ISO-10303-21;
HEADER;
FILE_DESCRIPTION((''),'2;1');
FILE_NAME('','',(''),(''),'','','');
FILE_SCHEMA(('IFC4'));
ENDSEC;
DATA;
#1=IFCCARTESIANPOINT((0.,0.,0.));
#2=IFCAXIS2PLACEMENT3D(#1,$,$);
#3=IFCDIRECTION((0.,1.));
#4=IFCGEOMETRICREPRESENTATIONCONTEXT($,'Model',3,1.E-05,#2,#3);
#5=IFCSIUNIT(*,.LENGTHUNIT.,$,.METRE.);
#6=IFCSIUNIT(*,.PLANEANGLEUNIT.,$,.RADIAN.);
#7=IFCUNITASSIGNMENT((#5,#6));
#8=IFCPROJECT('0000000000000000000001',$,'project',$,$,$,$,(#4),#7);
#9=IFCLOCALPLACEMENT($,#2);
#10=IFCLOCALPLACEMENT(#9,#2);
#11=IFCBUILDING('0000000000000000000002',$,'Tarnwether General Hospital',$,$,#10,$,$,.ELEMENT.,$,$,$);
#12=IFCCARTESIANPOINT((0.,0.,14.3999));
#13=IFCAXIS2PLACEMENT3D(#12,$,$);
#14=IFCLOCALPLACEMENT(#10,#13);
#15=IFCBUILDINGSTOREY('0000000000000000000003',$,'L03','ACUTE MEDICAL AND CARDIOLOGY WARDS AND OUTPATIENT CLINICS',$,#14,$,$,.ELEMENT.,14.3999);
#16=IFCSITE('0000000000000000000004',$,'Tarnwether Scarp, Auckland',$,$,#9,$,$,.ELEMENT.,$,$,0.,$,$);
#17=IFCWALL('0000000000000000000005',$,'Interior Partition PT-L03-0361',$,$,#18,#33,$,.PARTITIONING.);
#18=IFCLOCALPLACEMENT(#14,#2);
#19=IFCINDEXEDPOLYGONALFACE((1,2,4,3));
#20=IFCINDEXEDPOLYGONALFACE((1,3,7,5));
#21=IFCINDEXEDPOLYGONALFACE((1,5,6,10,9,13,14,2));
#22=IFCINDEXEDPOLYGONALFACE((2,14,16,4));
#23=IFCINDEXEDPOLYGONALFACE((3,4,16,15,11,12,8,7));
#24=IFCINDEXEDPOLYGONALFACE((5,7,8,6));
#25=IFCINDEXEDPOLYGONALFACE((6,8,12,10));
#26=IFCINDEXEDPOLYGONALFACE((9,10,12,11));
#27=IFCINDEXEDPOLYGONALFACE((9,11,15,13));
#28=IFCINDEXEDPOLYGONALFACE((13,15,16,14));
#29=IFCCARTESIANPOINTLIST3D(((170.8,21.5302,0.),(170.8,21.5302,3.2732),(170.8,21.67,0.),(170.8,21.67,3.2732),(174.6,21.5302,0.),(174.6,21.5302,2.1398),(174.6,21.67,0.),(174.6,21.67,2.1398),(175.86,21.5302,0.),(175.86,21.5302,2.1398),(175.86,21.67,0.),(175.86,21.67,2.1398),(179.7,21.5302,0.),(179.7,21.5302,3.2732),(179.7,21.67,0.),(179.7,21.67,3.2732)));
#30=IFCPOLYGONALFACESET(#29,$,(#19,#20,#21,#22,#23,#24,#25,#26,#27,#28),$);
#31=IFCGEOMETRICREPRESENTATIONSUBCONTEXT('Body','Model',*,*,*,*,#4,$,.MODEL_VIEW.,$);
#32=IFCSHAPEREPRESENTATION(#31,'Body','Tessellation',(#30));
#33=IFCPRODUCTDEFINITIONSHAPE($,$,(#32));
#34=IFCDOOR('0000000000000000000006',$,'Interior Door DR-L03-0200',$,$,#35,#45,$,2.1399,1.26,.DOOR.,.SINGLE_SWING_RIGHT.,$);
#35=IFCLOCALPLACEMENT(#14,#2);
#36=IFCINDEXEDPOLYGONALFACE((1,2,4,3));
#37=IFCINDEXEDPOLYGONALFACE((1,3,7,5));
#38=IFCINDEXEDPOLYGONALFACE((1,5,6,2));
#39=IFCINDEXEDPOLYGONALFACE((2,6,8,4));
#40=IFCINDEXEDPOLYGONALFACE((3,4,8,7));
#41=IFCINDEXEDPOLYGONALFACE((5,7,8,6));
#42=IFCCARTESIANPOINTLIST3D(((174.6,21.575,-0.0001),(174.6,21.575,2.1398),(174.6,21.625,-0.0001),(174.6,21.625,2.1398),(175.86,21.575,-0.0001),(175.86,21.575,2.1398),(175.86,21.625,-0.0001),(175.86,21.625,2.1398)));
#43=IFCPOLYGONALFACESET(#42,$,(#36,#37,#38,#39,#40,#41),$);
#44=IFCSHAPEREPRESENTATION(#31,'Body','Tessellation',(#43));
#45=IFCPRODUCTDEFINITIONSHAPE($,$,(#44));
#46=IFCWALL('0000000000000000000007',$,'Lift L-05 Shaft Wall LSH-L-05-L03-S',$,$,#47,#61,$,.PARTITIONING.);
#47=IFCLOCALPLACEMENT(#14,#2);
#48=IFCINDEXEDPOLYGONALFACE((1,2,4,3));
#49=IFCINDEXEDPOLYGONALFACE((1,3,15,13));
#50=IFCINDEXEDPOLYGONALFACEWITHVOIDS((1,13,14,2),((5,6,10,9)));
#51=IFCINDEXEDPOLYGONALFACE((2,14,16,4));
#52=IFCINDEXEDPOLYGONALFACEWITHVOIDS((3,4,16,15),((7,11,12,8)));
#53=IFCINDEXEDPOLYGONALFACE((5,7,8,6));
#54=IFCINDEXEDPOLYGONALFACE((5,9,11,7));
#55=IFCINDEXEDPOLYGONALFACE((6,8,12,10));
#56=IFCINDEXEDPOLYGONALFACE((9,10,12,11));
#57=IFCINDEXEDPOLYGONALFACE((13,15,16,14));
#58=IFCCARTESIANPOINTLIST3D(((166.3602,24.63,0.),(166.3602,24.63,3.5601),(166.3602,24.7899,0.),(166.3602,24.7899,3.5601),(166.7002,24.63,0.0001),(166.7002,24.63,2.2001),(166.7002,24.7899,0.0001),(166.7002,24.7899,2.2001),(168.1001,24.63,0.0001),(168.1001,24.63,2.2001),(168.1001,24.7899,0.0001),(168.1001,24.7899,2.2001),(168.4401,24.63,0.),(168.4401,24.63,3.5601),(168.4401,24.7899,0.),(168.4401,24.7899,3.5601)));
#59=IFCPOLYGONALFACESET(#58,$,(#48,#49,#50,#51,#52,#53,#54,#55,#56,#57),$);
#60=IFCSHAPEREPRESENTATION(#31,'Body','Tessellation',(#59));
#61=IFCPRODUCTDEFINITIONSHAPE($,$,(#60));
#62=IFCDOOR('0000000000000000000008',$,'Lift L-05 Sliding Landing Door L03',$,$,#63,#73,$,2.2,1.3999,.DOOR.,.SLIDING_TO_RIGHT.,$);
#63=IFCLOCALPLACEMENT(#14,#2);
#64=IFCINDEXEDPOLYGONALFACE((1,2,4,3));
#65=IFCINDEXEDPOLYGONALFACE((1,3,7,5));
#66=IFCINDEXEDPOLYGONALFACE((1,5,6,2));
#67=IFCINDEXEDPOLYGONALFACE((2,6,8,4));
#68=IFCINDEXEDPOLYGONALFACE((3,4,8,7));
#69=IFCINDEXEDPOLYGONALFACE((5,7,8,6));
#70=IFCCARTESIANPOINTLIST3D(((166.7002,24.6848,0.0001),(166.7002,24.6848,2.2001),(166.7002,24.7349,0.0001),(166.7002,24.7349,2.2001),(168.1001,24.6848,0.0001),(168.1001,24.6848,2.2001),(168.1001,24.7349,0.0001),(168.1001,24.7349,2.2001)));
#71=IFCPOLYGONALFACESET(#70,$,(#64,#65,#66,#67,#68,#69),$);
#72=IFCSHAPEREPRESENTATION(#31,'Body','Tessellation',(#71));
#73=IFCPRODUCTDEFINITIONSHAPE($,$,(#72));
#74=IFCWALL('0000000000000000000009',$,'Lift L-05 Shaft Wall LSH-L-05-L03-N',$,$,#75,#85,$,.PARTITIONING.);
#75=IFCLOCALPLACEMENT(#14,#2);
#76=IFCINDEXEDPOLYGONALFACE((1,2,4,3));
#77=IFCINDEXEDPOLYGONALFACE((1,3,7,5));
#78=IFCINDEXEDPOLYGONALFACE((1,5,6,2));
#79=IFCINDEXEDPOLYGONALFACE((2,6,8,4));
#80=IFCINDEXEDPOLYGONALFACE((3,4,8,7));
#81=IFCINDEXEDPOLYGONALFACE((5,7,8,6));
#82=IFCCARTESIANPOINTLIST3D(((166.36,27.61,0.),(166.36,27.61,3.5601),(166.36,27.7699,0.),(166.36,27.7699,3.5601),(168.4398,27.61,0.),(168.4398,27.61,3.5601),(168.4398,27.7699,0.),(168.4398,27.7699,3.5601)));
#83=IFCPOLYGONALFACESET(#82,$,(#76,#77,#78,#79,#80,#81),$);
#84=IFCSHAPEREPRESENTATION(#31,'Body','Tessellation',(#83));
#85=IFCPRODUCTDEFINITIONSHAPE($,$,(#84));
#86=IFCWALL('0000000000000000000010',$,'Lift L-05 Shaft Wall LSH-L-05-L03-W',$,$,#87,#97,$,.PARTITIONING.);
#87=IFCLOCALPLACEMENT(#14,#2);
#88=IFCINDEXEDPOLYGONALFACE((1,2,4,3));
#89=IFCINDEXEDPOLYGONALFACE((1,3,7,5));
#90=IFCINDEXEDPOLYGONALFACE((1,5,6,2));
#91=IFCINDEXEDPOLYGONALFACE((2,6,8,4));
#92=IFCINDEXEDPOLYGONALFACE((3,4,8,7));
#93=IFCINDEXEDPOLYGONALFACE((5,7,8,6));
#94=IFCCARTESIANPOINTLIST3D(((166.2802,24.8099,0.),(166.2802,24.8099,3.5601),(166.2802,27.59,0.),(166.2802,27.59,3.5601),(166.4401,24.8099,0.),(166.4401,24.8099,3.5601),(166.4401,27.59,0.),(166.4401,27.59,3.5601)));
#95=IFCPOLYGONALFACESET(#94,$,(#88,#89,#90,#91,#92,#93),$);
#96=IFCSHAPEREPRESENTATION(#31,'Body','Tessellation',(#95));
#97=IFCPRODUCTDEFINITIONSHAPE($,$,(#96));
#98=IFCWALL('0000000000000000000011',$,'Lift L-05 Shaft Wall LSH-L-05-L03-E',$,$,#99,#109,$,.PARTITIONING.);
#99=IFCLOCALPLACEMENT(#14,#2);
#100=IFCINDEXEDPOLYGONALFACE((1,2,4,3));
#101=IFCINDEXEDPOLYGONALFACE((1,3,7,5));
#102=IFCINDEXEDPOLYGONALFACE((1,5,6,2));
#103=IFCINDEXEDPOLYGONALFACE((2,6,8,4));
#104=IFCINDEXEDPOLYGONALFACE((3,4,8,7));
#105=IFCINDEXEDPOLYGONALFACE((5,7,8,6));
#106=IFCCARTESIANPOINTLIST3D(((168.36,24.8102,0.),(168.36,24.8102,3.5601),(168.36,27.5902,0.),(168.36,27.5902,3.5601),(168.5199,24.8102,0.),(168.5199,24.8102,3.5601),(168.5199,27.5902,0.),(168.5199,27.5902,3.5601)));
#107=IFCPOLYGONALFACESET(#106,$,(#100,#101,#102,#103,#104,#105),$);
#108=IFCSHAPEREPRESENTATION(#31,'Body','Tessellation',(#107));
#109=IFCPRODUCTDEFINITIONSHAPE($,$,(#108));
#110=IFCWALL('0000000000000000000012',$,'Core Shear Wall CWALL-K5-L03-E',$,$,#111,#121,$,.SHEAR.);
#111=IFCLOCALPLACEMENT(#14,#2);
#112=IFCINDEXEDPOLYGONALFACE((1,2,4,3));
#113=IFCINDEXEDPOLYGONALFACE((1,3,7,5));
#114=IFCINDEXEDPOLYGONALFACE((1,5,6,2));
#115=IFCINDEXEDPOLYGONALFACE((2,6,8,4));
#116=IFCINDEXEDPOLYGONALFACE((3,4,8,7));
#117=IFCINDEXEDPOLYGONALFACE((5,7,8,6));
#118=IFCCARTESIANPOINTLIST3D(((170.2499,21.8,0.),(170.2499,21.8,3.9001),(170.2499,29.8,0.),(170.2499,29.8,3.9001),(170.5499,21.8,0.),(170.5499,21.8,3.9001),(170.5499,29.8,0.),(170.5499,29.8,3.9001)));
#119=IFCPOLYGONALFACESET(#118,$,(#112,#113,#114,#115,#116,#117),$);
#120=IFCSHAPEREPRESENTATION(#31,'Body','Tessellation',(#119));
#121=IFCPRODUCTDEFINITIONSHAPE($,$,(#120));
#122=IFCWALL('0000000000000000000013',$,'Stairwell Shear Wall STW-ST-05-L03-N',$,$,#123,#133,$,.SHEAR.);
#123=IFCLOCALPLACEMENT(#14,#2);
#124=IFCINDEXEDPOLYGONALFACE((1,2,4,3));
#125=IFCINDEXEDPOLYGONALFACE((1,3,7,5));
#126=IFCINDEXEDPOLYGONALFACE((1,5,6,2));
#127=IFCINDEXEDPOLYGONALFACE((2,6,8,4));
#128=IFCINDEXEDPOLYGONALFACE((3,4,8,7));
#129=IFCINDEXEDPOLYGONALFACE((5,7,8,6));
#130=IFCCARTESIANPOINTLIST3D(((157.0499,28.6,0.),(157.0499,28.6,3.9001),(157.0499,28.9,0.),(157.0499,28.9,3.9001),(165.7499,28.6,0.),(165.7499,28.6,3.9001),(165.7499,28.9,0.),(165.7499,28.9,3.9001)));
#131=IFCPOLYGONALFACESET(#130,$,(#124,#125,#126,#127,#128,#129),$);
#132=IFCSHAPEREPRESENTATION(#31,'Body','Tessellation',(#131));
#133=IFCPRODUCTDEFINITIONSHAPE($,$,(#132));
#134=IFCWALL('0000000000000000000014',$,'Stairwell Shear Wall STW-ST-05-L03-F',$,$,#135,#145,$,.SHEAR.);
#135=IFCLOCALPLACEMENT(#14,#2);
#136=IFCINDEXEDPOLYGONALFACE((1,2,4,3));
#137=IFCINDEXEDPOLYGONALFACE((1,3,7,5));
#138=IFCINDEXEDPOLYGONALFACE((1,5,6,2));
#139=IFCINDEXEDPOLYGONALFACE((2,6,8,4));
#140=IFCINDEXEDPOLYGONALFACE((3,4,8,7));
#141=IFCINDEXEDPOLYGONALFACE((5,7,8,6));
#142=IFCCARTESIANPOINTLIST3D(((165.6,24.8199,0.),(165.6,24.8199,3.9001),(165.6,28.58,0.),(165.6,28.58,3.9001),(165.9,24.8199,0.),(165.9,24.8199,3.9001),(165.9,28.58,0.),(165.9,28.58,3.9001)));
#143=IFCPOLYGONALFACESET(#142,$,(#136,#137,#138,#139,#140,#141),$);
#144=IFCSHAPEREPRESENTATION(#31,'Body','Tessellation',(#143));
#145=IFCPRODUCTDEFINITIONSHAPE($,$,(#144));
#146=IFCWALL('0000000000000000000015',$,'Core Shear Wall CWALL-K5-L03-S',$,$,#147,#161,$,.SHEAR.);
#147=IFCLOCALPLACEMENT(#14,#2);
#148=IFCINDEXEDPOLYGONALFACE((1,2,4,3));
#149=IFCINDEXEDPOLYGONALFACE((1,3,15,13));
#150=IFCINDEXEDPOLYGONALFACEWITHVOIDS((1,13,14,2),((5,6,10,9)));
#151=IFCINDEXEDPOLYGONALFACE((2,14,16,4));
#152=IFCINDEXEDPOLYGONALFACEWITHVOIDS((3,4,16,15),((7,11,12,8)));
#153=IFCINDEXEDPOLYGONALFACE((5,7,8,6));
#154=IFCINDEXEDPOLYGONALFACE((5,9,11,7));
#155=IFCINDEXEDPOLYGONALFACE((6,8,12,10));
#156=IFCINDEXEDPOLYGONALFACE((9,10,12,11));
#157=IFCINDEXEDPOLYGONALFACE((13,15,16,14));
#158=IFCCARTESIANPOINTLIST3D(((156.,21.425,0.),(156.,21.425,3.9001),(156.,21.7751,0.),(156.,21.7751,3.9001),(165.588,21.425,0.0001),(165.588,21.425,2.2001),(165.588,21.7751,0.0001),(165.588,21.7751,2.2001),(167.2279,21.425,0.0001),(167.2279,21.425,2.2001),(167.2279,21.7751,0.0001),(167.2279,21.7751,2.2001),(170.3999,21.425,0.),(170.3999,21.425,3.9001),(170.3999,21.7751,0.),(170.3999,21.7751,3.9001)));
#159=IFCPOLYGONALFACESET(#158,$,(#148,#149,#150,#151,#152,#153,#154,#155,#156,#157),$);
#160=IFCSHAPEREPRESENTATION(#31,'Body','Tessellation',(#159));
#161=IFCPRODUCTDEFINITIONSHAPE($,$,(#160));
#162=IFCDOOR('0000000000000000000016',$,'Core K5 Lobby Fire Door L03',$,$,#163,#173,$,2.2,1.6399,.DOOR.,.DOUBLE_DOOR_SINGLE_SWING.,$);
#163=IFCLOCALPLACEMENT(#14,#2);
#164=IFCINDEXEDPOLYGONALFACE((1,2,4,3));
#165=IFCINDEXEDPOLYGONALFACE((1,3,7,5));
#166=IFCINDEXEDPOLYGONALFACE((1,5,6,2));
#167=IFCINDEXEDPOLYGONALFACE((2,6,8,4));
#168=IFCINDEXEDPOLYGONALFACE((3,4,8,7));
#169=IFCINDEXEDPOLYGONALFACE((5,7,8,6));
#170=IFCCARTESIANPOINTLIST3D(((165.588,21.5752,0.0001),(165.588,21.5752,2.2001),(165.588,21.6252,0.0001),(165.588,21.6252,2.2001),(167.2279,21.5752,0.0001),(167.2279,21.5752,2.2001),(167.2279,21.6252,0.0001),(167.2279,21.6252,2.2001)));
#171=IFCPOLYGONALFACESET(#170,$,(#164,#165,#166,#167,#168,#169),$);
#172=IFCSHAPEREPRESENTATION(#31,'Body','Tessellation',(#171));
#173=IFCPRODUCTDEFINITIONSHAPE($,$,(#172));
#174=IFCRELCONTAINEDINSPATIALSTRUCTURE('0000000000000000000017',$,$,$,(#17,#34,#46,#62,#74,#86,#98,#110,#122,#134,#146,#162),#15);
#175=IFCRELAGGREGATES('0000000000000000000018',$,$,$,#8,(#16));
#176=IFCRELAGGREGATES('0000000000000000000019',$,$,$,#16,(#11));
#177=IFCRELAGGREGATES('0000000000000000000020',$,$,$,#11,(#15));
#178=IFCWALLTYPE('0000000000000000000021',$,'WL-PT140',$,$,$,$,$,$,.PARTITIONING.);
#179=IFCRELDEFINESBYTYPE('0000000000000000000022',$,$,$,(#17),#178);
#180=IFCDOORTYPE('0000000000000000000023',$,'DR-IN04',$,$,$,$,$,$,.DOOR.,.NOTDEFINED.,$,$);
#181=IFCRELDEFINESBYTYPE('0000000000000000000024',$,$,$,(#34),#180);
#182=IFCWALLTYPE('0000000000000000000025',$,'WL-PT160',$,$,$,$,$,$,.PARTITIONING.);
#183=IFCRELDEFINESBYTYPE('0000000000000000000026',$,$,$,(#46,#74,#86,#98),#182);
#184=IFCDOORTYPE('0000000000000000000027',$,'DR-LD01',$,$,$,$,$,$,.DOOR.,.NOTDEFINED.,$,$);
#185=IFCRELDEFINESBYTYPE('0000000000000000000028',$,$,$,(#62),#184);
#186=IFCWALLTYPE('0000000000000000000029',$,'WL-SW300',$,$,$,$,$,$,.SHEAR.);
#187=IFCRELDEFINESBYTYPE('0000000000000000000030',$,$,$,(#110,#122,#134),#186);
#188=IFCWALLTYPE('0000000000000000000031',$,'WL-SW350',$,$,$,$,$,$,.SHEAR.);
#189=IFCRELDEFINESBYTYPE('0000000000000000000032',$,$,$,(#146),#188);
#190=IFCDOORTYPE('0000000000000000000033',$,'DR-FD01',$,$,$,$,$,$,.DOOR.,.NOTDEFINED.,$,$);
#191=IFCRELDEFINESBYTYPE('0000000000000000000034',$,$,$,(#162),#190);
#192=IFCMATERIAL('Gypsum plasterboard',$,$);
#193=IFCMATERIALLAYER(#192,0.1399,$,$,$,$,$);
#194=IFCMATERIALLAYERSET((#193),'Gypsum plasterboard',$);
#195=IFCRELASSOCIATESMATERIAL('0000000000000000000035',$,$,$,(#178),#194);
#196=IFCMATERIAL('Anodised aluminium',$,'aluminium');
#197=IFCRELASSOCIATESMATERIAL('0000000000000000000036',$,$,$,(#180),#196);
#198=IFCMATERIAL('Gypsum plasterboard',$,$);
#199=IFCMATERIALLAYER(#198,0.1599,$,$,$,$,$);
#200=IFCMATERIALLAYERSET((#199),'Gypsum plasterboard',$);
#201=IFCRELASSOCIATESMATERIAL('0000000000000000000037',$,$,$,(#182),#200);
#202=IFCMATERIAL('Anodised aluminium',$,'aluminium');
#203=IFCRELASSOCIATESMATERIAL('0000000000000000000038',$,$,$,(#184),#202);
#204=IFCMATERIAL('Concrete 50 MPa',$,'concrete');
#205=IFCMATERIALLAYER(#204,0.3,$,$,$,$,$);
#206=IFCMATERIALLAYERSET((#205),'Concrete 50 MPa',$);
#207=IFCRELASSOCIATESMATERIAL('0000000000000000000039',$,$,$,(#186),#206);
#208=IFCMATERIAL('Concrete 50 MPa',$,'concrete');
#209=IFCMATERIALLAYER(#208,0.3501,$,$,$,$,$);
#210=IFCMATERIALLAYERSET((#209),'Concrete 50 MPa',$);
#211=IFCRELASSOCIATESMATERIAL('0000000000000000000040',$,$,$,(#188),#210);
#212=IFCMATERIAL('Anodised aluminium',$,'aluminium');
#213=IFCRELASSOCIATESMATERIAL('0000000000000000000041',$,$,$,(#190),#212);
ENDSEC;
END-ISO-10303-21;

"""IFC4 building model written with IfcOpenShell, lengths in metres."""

from ifc_helpers import new_model, si_unit, direction, frame, frame_2d, origin, place, context, subcontext, project, spatial, rectangle, extrude, material, layer, layer_set, type_object, element, fill, save


model = new_model("IFC4")

# Units and contexts
model_context = context("Model", 3, precision=1e-05, world=origin(), true_north=direction((0.0, 1.0)))
body_context = subcontext(model_context, "Body", "Model", "MODEL_VIEW")
ifc_project = project(units=[si_unit("LENGTHUNIT", "METRE"), si_unit("PLANEANGLEUNIT", "RADIAN")], contexts=[model_context])

# Site, building, storey
site_placement = place(None, origin())
site = spatial("IfcSite", under=ifc_project, at=site_placement, Name="Tarnwether Scarp, Auckland", CompositionType="ELEMENT", RefElevation=0.0)
building_placement = place(site_placement, origin())
building = spatial("IfcBuilding", under=site, at=building_placement, Name="Tarnwether General Hospital", CompositionType="ELEMENT")
storey_placement = place(building_placement, frame((0.0, 0.0, 14.3999)))
storey = spatial("IfcBuildingStorey", under=building, at=storey_placement, Name="L03", Description="ACUTE MEDICAL AND CARDIOLOGY WARDS AND OUTPATIENT CLINICS", CompositionType="ELEMENT", Elevation=14.3999)

# Shared definitions
ifc_material_1 = material(Name="Gypsum plasterboard")
ifc_layer_1 = layer(ifc_material_1, 0.1399)
ifc_layer_set_1 = layer_set([ifc_layer_1], Name="Gypsum plasterboard")
wall_type_1 = type_object("IfcWallType", Name="WL-PT140", PredefinedType="PARTITIONING", material=ifc_layer_set_1)

# Walls, openings, doors
wall_1_placement = place(storey_placement, frame((170.8, 21.6001, 0.0), z_axis=(0.0, 0.0, 1.0), x_axis=(1.0, 0.0, 0.0)))
wall_1 = element("IfcWall", 1, at=wall_1_placement, inside=storey, type_object=wall_type_1, Name="Interior Partition PT-L03-0361", PredefinedType="PARTITIONING", context=body_context, shape_type="SweptSolid", body=[
    extrude(rectangle(XDim=8.8999, YDim=0.1399, at=frame_2d((4.45, 0.0))), origin(), (0.0, 0.0, 1.0), 3.2732),
])
opening_1_placement = place(wall_1_placement, frame((3.8, 0.0, 0.0)))
opening_1 = element("IfcOpeningElement", 2, at=opening_1_placement, cuts=wall_1, PredefinedType="OPENING", context=body_context, shape_type="SweptSolid", body=[
    extrude(rectangle(XDim=1.26, YDim=2.1399, at=frame_2d((0.6299, 1.0698))), frame((0.0, 0.0801, 0.0), z_axis=(0.0, -1.0, 0.0), x_axis=(1.0, 0.0, 0.0)), (0.0, 0.0, 1.0), 0.1599),
])
ifc_material_2 = material(Name="Anodised aluminium", Category="aluminium")
door_type_1 = type_object("IfcDoorType", Name="DR-IN04", OperationType="NOTDEFINED", PredefinedType="DOOR", material=ifc_material_2)
door_1_placement = place(opening_1_placement, origin())
door_1 = element("IfcDoor", 3, at=door_1_placement, inside=storey, type_object=door_type_1, Name="Interior Door DR-L03-0200", OperationType="SINGLE_SWING_RIGHT", OverallHeight=2.1399, OverallWidth=1.26, PredefinedType="DOOR", context=body_context, shape_type="SweptSolid", body=[
    extrude(rectangle(XDim=1.26, YDim=2.1399, at=frame_2d((0.6299, 1.0698))), frame((0.0, 0.0249, 0.0), z_axis=(0.0, -1.0, 0.0), x_axis=(1.0, 0.0, 0.0)), (0.0, 0.0, 1.0), 0.05),
])
fill(opening_1, door_1)
ifc_material_3 = material(Name="Gypsum plasterboard")
ifc_layer_2 = layer(ifc_material_3, 0.1599)
ifc_layer_set_2 = layer_set([ifc_layer_2], Name="Gypsum plasterboard")
wall_type_2 = type_object("IfcWallType", Name="WL-PT160", PredefinedType="PARTITIONING", material=ifc_layer_set_2)
wall_2_placement = place(storey_placement, frame((166.3601, 24.71, 0.0), z_axis=(0.0, 0.0, 1.0), x_axis=(1.0, 0.0, 0.0)))
wall_2 = element("IfcWall", 4, at=wall_2_placement, inside=storey, type_object=wall_type_2, Name="Lift L-05 Shaft Wall LSH-L-05-L03-S", PredefinedType="PARTITIONING", context=body_context, shape_type="SweptSolid", body=[
    extrude(rectangle(XDim=2.0798, YDim=0.1599, at=frame_2d((1.04, 0.0))), origin(), (0.0, 0.0, 1.0), 3.5601),
])
opening_2_placement = place(wall_2_placement, frame((0.3401, 0.0, 0.0)))
opening_2 = element("IfcOpeningElement", 5, at=opening_2_placement, cuts=wall_2, PredefinedType="OPENING", context=body_context, shape_type="SweptSolid", body=[
    extrude(rectangle(XDim=1.3999, YDim=2.2, at=frame_2d((0.7, 1.1001))), frame((0.0, 0.0898, 0.0), z_axis=(0.0, -1.0, 0.0), x_axis=(1.0, 0.0, 0.0)), (0.0, 0.0, 1.0), 0.1799),
])
ifc_material_4 = material(Name="Anodised aluminium", Category="aluminium")
door_type_2 = type_object("IfcDoorType", Name="DR-LD01", OperationType="NOTDEFINED", PredefinedType="DOOR", material=ifc_material_4)
door_2_placement = place(opening_2_placement, origin())
door_2 = element("IfcDoor", 6, at=door_2_placement, inside=storey, type_object=door_type_2, Name="Lift L-05 Sliding Landing Door L03", OperationType="SLIDING_TO_RIGHT", OverallHeight=2.2, OverallWidth=1.3999, PredefinedType="DOOR", context=body_context, shape_type="SweptSolid", body=[
    extrude(rectangle(XDim=1.3999, YDim=2.2, at=frame_2d((0.7, 1.1001))), frame((0.0, 0.0249, 0.0), z_axis=(0.0, -1.0, 0.0), x_axis=(1.0, 0.0, 0.0)), (0.0, 0.0, 1.0), 0.05),
])
fill(opening_2, door_2)

# Walls
wall_3_placement = place(storey_placement, frame((168.4399, 27.6899, 0.0), z_axis=(0.0, 0.0, 1.0), x_axis=(-1.0, 0.0, 0.0)))
element("IfcWall", 7, at=wall_3_placement, inside=storey, type_object=wall_type_2, Name="Lift L-05 Shaft Wall LSH-L-05-L03-N", PredefinedType="PARTITIONING", context=body_context, shape_type="SweptSolid", body=[
    extrude(rectangle(XDim=2.0798, YDim=0.1599, at=frame_2d((1.04, 0.0))), origin(), (0.0, 0.0, 1.0), 3.5601),
])
for number, where, z_axis, x_axis, name in (
    (8, (166.3601, 27.5901, 0.0), (0.0, 0.0, 1.0), (0.0, -1.0, 0.0), "Lift L-05 Shaft Wall LSH-L-05-L03-W"),
    (9, (168.4399, 24.8101, 0.0), (0.0, 0.0, 1.0), (0.0, 1.0, 0.0), "Lift L-05 Shaft Wall LSH-L-05-L03-E"),
):
    element("IfcWall", number, at=place(storey_placement, frame(where, z_axis=z_axis, x_axis=x_axis)), inside=storey, type_object=wall_type_2, Name=name, PredefinedType="PARTITIONING", context=body_context, shape_type="SweptSolid", body=[
        extrude(rectangle(XDim=2.78, YDim=0.1599, at=frame_2d((1.3901, 0.0))), origin(), (0.0, 0.0, 1.0), 3.5601),
    ])
ifc_material_5 = material(Name="Concrete 50 MPa", Category="concrete")
ifc_layer_3 = layer(ifc_material_5, 0.3)
ifc_layer_set_3 = layer_set([ifc_layer_3], Name="Concrete 50 MPa")
wall_type_3 = type_object("IfcWallType", Name="WL-SW300", PredefinedType="SHEAR", material=ifc_layer_set_3)
wall_4_placement = place(storey_placement, frame((170.3999, 29.8, 0.0), z_axis=(0.0, 0.0, 1.0), x_axis=(0.0, -1.0, 0.0)))
element("IfcWall", 10, at=wall_4_placement, inside=storey, type_object=wall_type_3, Name="Core Shear Wall CWALL-K5-L03-E", PredefinedType="SHEAR", context=body_context, shape_type="SweptSolid", body=[
    extrude(rectangle(XDim=8.0, YDim=0.3, at=frame_2d((4.0, 0.0))), origin(), (0.0, 0.0, 1.0), 3.9001),
])
wall_5_placement = place(storey_placement, frame((165.75, 28.75, 0.0), z_axis=(0.0, 0.0, 1.0), x_axis=(-1.0, 0.0, 0.0)))
element("IfcWall", 11, at=wall_5_placement, inside=storey, type_object=wall_type_3, Name="Stairwell Shear Wall STW-ST-05-L03-N", PredefinedType="SHEAR", context=body_context, shape_type="SweptSolid", body=[
    extrude(rectangle(XDim=8.7, YDim=0.3, at=frame_2d((4.3501, 0.0))), origin(), (0.0, 0.0, 1.0), 3.9001),
])
wall_6_placement = place(storey_placement, frame((165.75, 24.8201, 0.0), z_axis=(0.0, 0.0, 1.0), x_axis=(0.0, 1.0, 0.0)))
element("IfcWall", 12, at=wall_6_placement, inside=storey, type_object=wall_type_3, Name="Stairwell Shear Wall STW-ST-05-L03-F", PredefinedType="SHEAR", context=body_context, shape_type="SweptSolid", body=[
    extrude(rectangle(XDim=3.76, YDim=0.3, at=frame_2d((1.8799, 0.0))), origin(), (0.0, 0.0, 1.0), 3.9001),
])

# Wall, opening, door
ifc_material_6 = material(Name="Concrete 50 MPa", Category="concrete")
ifc_layer_4 = layer(ifc_material_6, 0.3501)
ifc_layer_set_4 = layer_set([ifc_layer_4], Name="Concrete 50 MPa")
wall_type_4 = type_object("IfcWallType", Name="WL-SW350", PredefinedType="SHEAR", material=ifc_layer_set_4)
wall_7_placement = place(storey_placement, frame((170.3999, 21.6001, 0.0), z_axis=(0.0, 0.0, 1.0), x_axis=(-1.0, 0.0, 0.0)))
wall_7 = element("IfcWall", 13, at=wall_7_placement, inside=storey, type_object=wall_type_4, Name="Core Shear Wall CWALL-K5-L03-S", PredefinedType="SHEAR", context=body_context, shape_type="SweptSolid", body=[
    extrude(rectangle(XDim=14.3999, YDim=0.3501, at=frame_2d((7.2, 0.0))), origin(), (0.0, 0.0, 1.0), 3.9001),
])
opening_3_placement = place(wall_7_placement, frame((3.1721, 0.0, 0.0)))
opening_3 = element("IfcOpeningElement", 14, at=opening_3_placement, cuts=wall_7, PredefinedType="OPENING", context=body_context, shape_type="SweptSolid", body=[
    extrude(rectangle(XDim=1.6399, YDim=2.2, at=frame_2d((0.8198, 1.1001))), frame((0.0, 0.1851, 0.0), z_axis=(0.0, -1.0, 0.0), x_axis=(1.0, 0.0, 0.0)), (0.0, 0.0, 1.0), 0.3701),
])
ifc_material_7 = material(Name="Anodised aluminium", Category="aluminium")
door_type_3 = type_object("IfcDoorType", Name="DR-FD01", OperationType="NOTDEFINED", PredefinedType="DOOR", material=ifc_material_7)
door_3_placement = place(opening_3_placement, origin())
door_3 = element("IfcDoor", 15, at=door_3_placement, inside=storey, type_object=door_type_3, Name="Core K5 Lobby Fire Door L03", OperationType="DOUBLE_DOOR_SINGLE_SWING", OverallHeight=2.2, OverallWidth=1.6399, PredefinedType="DOOR", context=body_context, shape_type="SweptSolid", body=[
    extrude(rectangle(XDim=1.6399, YDim=2.2, at=frame_2d((0.8198, 1.1001))), frame((0.0, 0.0249, 0.0), z_axis=(0.0, -1.0, 0.0), x_axis=(1.0, 0.0, 0.0)), (0.0, 0.0, 1.0), 0.05),
])
fill(opening_3, door_3)

save(model, "model.ifc")
